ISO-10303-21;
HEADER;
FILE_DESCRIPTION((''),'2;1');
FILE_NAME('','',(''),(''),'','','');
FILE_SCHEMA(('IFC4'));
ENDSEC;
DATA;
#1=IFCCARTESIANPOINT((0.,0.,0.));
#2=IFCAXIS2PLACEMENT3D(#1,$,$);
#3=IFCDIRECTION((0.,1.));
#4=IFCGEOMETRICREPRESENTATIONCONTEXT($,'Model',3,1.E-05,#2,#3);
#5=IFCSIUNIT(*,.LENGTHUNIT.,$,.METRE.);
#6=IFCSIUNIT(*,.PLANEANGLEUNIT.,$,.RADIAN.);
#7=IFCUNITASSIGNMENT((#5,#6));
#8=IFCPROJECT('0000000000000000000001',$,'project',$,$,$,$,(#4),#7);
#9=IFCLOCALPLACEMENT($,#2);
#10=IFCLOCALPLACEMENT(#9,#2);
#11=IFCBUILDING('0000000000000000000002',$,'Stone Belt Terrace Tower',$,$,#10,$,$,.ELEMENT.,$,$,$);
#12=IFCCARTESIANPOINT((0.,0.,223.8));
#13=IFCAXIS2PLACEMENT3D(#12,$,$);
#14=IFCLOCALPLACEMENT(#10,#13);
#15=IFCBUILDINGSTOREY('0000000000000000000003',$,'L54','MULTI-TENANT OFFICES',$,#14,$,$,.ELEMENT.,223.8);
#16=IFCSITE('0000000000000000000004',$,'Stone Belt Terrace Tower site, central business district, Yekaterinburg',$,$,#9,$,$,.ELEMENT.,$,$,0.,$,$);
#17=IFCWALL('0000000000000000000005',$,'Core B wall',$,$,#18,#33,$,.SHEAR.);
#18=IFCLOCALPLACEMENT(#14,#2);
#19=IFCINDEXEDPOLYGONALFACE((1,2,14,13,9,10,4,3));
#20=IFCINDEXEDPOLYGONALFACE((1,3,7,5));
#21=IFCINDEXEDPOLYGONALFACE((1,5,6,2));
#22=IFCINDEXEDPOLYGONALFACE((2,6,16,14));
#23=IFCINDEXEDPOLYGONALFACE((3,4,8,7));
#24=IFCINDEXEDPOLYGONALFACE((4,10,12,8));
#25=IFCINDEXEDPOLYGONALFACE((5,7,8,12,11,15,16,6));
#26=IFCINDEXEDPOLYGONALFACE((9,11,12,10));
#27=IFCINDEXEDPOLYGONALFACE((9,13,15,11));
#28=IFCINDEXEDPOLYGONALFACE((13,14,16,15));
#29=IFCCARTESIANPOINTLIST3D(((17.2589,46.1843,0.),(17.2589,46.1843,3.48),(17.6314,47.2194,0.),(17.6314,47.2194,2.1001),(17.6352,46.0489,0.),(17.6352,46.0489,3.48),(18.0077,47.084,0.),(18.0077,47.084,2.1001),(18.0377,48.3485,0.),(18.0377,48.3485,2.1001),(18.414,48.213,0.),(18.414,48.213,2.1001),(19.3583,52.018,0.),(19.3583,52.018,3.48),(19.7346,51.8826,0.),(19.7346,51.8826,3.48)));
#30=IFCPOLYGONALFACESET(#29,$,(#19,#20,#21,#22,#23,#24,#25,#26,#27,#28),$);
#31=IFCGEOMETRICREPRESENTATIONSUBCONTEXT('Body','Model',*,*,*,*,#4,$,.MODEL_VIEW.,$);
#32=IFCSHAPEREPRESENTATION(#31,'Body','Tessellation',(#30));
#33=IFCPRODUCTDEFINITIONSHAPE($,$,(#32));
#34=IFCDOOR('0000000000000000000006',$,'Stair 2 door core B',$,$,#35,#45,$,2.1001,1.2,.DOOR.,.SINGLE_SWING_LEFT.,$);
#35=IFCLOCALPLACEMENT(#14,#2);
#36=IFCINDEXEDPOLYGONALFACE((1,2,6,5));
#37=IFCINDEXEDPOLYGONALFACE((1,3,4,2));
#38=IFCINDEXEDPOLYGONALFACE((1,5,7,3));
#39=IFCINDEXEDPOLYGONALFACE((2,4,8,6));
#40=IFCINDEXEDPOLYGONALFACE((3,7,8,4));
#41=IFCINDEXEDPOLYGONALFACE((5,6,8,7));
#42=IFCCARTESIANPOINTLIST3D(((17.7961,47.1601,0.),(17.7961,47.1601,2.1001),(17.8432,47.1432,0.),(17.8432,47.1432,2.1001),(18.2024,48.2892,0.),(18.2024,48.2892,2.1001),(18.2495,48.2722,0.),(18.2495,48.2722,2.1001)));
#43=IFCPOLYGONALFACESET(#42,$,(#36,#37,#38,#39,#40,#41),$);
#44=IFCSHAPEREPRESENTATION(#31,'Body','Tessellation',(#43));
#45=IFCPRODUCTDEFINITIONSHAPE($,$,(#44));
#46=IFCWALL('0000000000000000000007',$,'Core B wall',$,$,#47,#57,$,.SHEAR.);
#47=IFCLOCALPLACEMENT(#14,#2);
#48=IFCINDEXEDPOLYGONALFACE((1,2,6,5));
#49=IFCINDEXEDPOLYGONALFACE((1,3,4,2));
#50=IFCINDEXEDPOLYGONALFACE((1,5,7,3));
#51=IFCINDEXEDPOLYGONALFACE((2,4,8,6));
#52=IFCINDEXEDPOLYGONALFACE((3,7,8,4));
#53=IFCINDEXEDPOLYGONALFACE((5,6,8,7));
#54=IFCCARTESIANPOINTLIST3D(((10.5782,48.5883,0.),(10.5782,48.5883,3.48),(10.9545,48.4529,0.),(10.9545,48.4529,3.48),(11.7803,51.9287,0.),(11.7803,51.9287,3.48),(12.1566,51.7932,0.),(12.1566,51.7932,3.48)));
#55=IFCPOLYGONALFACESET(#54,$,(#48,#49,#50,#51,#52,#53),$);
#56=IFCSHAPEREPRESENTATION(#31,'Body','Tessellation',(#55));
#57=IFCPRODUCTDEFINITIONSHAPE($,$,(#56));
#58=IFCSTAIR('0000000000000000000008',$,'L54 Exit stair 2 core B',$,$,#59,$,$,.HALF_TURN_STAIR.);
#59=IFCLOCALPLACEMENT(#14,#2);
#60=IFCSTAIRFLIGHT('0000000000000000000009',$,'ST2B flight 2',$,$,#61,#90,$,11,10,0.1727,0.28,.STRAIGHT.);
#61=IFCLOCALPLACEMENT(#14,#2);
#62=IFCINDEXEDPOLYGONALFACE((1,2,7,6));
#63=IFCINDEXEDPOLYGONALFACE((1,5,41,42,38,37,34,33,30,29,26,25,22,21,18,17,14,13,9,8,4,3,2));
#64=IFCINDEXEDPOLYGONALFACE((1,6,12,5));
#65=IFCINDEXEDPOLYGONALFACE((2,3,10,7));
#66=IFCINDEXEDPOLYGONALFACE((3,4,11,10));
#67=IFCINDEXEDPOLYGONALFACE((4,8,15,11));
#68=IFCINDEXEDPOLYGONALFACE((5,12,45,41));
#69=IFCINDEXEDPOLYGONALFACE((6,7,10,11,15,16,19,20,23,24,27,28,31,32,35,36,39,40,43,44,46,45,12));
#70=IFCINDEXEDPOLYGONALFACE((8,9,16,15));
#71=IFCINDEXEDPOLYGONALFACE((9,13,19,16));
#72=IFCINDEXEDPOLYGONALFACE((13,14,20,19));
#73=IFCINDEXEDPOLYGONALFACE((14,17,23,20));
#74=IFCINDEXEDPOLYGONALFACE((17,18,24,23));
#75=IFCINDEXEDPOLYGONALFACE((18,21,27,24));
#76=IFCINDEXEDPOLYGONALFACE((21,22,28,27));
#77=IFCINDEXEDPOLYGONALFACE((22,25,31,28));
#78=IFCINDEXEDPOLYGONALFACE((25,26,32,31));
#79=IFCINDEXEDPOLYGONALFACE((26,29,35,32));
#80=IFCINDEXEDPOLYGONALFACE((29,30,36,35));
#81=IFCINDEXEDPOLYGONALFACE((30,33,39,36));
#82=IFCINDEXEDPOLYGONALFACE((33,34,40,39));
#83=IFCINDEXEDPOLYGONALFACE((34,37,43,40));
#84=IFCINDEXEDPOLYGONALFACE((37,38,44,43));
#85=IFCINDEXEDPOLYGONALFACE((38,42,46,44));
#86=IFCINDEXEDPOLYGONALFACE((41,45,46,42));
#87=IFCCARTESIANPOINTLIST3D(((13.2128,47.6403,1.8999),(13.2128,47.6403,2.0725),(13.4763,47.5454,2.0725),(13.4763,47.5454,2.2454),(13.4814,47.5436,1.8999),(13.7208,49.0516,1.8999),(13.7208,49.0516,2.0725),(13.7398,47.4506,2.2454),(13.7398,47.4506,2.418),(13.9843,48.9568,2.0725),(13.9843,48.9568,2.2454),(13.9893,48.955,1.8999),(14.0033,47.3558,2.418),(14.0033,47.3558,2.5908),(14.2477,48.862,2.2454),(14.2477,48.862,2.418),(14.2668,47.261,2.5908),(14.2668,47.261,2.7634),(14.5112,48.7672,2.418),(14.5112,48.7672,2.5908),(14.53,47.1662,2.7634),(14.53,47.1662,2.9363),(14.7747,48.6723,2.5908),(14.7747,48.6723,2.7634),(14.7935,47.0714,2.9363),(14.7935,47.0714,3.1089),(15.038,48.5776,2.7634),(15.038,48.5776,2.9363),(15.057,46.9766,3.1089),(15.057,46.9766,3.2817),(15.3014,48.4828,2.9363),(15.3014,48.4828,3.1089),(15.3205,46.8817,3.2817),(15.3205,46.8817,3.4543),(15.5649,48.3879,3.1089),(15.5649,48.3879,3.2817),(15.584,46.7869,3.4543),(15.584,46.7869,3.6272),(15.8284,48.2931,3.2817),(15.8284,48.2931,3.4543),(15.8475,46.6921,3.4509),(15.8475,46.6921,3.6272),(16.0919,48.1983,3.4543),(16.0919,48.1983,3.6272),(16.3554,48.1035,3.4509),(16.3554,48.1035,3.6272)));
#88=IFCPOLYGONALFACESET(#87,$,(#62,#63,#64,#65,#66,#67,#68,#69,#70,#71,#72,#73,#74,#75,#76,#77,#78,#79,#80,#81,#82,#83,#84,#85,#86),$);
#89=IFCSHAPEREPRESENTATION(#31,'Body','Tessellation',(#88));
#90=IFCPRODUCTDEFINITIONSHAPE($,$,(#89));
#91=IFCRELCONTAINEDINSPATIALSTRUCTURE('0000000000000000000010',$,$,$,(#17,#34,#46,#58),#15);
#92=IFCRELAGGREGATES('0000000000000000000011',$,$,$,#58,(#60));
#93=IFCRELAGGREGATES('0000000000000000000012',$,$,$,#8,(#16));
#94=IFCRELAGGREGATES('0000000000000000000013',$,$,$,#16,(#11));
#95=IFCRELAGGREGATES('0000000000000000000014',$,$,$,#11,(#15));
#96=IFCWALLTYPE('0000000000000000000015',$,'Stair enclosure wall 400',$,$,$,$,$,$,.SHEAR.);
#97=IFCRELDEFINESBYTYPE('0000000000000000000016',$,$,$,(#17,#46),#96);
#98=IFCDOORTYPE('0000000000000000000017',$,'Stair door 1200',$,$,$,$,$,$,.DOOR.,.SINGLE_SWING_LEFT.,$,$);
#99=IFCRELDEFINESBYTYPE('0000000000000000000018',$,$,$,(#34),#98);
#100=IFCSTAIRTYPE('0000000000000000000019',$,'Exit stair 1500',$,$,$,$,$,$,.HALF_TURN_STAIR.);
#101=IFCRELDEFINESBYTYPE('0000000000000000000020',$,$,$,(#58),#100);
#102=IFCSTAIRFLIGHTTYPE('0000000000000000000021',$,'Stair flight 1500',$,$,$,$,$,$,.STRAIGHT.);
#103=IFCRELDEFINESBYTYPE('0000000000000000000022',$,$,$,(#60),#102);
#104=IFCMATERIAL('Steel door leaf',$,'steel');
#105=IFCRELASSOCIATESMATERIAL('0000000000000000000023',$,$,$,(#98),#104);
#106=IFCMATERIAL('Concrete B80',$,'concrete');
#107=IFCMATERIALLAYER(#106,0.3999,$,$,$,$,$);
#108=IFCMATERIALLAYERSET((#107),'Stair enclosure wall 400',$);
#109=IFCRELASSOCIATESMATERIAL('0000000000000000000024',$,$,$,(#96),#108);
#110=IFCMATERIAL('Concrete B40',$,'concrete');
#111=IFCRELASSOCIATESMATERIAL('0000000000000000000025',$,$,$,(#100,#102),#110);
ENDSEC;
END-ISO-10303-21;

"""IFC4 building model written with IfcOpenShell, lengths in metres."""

from ifc_helpers import new_model, si_unit, direction, frame, frame_2d, origin, place, context, subcontext, project, spatial, polyline, rectangle, outline, extrude, material, layer, layer_set, type_object, element, fill, aggregate, save


model = new_model("IFC4")

# Units and contexts
model_context = context("Model", 3, precision=1e-05, world=origin(), true_north=direction((0.0, 1.0)))
body_context = subcontext(model_context, "Body", "Model", "MODEL_VIEW")
ifc_project = project(units=[si_unit("LENGTHUNIT", "METRE"), si_unit("PLANEANGLEUNIT", "RADIAN")], contexts=[model_context])

# Site, building, storey
site_placement = place(None, origin())
site = spatial("IfcSite", under=ifc_project, at=site_placement, Name="Stone Belt Terrace Tower site, central business district, Yekaterinburg", CompositionType="ELEMENT", RefElevation=0.0)
building_placement = place(site_placement, origin())
building = spatial("IfcBuilding", under=site, at=building_placement, Name="Stone Belt Terrace Tower", CompositionType="ELEMENT")
storey_placement = place(building_placement, frame((0.0, 0.0, 223.8)))
storey = spatial("IfcBuildingStorey", under=building, at=storey_placement, Name="L54", Description="MULTI-TENANT OFFICES", CompositionType="ELEMENT", Elevation=223.8)

# Wall, opening, door
ifc_material_1 = material(Name="Steel door leaf", Category="steel")
door_type_1 = type_object("IfcDoorType", Name="Stair door 1200", OperationType="SINGLE_SWING_LEFT", PredefinedType="DOOR", material=ifc_material_1)
ifc_material_2 = material(Name="Concrete B80", Category="concrete")
ifc_layer_1 = layer(ifc_material_2, 0.3999)
ifc_layer_set_1 = layer_set([ifc_layer_1], Name="Stair enclosure wall 400")
wall_type_1 = type_object("IfcWallType", Name="Stair enclosure wall 400", PredefinedType="SHEAR", material=ifc_layer_set_1)
wall_1_placement = place(storey_placement, frame((17.447, 46.1165, 0.0), z_axis=(0.0, 0.0, 1.0), x_axis=(0.338608, 0.940928, 0.0)))
wall_1 = element("IfcWall", 1, at=wall_1_placement, inside=storey, type_object=wall_type_1, Name="Core B wall", PredefinedType="SHEAR", context=body_context, shape_type="SweptSolid", body=[
    extrude(rectangle(XDim=6.2, YDim=0.3999, at=frame_2d((3.1001, 0.0))), origin(), (0.0, 0.0, 1.0), 3.48),
])
opening_1_placement = place(wall_1_placement, frame((1.1001, 0.0, 0.0)))
opening_1 = element("IfcOpeningElement", 2, at=opening_1_placement, cuts=wall_1, PredefinedType="OPENING", context=body_context, shape_type="SweptSolid", body=[
    extrude(rectangle(XDim=1.2, YDim=2.1001, at=frame_2d((0.6001, 1.05))), frame((0.0, 0.21, 0.0), z_axis=(0.0, -1.0, 0.0), x_axis=(1.0, 0.0, 0.0)), (0.0, 0.0, 1.0), 0.4199),
])
door_1_placement = place(opening_1_placement, origin())
door_1 = element("IfcDoor", 3, at=door_1_placement, inside=storey, type_object=door_type_1, Name="Stair 2 door core B", OperationType="SINGLE_SWING_LEFT", OverallHeight=2.1001, OverallWidth=1.2, PredefinedType="DOOR", context=body_context, shape_type="SweptSolid", body=[
    extrude(rectangle(XDim=1.2, YDim=2.1001, at=frame_2d((0.6001, 1.05))), frame((0.0, 0.0249, 0.0), z_axis=(0.0, -1.0, 0.0), x_axis=(1.0, 0.0, 0.0)), (0.0, 0.0, 1.0), 0.05),
])
fill(opening_1, door_1)

# Wall
wall_2_placement = place(storey_placement, frame((10.7664, 48.5208, 0.0), z_axis=(0.0, 0.0, 1.0), x_axis=(0.338627, 0.940921, 0.0)))
element("IfcWall", 4, at=wall_2_placement, inside=storey, type_object=wall_type_1, Name="Core B wall", PredefinedType="SHEAR", context=body_context, shape_type="SweptSolid", body=[
    extrude(rectangle(XDim=3.55, YDim=0.3999, at=frame_2d((1.7749, 0.0))), origin(), (0.0, 0.0, 1.0), 3.48),
])

# Stair, stair flight
ifc_material_3 = material(Name="Concrete B40", Category="concrete")
stair_type = type_object("IfcStairType", Name="Exit stair 1500", PredefinedType="HALF_TURN_STAIR", material=ifc_material_3)
stair_placement = place(storey_placement, origin())
stair = element("IfcStair", 5, at=stair_placement, inside=storey, type_object=stair_type, Name="L54 Exit stair 2 core B", PredefinedType="HALF_TURN_STAIR")
stair_flight_type = type_object("IfcStairFlightType", Name="Stair flight 1500", PredefinedType="STRAIGHT", material=ifc_material_3)
stair_flight_placement = place(storey_placement, frame((13.4668, 48.3459, 1.8999), z_axis=(0.0, 0.0, 1.0), x_axis=(0.940922, -0.338624, 0.0)))
stair_flight = element("IfcStairFlight", 6, at=stair_flight_placement, type_object=stair_flight_type, Name="ST2B flight 2", NumberOfRisers=11, NumberOfTreads=10, PredefinedType="STRAIGHT", RiserHeight=0.1727, TreadLength=0.28, context=body_context, shape_type="SweptSolid", body=[
    extrude(outline(polyline([(0.0, 0.0), (0.0, 0.1726), (0.28, 0.1726), (0.28, 0.3455), (0.5601, 0.3455), (0.5601, 0.5181), (0.8401, 0.5181), (0.8401, 0.6909), (1.1201, 0.6909), (1.1201, 0.8635), (1.3999, 0.8635), (1.3999, 1.0364), (1.6799, 1.0364), (1.6799, 1.209), (1.96, 1.209), (1.96, 1.3818), (2.24, 1.3818), (2.24, 1.5544), (2.52, 1.5544), (2.52, 1.7273), (2.8, 1.7273), (2.8, 1.8999), (2.8, 1.551), (0.2854, 0.0), (0.0, 0.0)])), frame((0.0, 0.75, 0.0), z_axis=(0.0, -1.0, 0.0), x_axis=(1.0, 0.0, 0.0)), (0.0, 0.0, 1.0), 1.5),
])
aggregate(stair, [stair_flight])

save(model, "model.ifc")
